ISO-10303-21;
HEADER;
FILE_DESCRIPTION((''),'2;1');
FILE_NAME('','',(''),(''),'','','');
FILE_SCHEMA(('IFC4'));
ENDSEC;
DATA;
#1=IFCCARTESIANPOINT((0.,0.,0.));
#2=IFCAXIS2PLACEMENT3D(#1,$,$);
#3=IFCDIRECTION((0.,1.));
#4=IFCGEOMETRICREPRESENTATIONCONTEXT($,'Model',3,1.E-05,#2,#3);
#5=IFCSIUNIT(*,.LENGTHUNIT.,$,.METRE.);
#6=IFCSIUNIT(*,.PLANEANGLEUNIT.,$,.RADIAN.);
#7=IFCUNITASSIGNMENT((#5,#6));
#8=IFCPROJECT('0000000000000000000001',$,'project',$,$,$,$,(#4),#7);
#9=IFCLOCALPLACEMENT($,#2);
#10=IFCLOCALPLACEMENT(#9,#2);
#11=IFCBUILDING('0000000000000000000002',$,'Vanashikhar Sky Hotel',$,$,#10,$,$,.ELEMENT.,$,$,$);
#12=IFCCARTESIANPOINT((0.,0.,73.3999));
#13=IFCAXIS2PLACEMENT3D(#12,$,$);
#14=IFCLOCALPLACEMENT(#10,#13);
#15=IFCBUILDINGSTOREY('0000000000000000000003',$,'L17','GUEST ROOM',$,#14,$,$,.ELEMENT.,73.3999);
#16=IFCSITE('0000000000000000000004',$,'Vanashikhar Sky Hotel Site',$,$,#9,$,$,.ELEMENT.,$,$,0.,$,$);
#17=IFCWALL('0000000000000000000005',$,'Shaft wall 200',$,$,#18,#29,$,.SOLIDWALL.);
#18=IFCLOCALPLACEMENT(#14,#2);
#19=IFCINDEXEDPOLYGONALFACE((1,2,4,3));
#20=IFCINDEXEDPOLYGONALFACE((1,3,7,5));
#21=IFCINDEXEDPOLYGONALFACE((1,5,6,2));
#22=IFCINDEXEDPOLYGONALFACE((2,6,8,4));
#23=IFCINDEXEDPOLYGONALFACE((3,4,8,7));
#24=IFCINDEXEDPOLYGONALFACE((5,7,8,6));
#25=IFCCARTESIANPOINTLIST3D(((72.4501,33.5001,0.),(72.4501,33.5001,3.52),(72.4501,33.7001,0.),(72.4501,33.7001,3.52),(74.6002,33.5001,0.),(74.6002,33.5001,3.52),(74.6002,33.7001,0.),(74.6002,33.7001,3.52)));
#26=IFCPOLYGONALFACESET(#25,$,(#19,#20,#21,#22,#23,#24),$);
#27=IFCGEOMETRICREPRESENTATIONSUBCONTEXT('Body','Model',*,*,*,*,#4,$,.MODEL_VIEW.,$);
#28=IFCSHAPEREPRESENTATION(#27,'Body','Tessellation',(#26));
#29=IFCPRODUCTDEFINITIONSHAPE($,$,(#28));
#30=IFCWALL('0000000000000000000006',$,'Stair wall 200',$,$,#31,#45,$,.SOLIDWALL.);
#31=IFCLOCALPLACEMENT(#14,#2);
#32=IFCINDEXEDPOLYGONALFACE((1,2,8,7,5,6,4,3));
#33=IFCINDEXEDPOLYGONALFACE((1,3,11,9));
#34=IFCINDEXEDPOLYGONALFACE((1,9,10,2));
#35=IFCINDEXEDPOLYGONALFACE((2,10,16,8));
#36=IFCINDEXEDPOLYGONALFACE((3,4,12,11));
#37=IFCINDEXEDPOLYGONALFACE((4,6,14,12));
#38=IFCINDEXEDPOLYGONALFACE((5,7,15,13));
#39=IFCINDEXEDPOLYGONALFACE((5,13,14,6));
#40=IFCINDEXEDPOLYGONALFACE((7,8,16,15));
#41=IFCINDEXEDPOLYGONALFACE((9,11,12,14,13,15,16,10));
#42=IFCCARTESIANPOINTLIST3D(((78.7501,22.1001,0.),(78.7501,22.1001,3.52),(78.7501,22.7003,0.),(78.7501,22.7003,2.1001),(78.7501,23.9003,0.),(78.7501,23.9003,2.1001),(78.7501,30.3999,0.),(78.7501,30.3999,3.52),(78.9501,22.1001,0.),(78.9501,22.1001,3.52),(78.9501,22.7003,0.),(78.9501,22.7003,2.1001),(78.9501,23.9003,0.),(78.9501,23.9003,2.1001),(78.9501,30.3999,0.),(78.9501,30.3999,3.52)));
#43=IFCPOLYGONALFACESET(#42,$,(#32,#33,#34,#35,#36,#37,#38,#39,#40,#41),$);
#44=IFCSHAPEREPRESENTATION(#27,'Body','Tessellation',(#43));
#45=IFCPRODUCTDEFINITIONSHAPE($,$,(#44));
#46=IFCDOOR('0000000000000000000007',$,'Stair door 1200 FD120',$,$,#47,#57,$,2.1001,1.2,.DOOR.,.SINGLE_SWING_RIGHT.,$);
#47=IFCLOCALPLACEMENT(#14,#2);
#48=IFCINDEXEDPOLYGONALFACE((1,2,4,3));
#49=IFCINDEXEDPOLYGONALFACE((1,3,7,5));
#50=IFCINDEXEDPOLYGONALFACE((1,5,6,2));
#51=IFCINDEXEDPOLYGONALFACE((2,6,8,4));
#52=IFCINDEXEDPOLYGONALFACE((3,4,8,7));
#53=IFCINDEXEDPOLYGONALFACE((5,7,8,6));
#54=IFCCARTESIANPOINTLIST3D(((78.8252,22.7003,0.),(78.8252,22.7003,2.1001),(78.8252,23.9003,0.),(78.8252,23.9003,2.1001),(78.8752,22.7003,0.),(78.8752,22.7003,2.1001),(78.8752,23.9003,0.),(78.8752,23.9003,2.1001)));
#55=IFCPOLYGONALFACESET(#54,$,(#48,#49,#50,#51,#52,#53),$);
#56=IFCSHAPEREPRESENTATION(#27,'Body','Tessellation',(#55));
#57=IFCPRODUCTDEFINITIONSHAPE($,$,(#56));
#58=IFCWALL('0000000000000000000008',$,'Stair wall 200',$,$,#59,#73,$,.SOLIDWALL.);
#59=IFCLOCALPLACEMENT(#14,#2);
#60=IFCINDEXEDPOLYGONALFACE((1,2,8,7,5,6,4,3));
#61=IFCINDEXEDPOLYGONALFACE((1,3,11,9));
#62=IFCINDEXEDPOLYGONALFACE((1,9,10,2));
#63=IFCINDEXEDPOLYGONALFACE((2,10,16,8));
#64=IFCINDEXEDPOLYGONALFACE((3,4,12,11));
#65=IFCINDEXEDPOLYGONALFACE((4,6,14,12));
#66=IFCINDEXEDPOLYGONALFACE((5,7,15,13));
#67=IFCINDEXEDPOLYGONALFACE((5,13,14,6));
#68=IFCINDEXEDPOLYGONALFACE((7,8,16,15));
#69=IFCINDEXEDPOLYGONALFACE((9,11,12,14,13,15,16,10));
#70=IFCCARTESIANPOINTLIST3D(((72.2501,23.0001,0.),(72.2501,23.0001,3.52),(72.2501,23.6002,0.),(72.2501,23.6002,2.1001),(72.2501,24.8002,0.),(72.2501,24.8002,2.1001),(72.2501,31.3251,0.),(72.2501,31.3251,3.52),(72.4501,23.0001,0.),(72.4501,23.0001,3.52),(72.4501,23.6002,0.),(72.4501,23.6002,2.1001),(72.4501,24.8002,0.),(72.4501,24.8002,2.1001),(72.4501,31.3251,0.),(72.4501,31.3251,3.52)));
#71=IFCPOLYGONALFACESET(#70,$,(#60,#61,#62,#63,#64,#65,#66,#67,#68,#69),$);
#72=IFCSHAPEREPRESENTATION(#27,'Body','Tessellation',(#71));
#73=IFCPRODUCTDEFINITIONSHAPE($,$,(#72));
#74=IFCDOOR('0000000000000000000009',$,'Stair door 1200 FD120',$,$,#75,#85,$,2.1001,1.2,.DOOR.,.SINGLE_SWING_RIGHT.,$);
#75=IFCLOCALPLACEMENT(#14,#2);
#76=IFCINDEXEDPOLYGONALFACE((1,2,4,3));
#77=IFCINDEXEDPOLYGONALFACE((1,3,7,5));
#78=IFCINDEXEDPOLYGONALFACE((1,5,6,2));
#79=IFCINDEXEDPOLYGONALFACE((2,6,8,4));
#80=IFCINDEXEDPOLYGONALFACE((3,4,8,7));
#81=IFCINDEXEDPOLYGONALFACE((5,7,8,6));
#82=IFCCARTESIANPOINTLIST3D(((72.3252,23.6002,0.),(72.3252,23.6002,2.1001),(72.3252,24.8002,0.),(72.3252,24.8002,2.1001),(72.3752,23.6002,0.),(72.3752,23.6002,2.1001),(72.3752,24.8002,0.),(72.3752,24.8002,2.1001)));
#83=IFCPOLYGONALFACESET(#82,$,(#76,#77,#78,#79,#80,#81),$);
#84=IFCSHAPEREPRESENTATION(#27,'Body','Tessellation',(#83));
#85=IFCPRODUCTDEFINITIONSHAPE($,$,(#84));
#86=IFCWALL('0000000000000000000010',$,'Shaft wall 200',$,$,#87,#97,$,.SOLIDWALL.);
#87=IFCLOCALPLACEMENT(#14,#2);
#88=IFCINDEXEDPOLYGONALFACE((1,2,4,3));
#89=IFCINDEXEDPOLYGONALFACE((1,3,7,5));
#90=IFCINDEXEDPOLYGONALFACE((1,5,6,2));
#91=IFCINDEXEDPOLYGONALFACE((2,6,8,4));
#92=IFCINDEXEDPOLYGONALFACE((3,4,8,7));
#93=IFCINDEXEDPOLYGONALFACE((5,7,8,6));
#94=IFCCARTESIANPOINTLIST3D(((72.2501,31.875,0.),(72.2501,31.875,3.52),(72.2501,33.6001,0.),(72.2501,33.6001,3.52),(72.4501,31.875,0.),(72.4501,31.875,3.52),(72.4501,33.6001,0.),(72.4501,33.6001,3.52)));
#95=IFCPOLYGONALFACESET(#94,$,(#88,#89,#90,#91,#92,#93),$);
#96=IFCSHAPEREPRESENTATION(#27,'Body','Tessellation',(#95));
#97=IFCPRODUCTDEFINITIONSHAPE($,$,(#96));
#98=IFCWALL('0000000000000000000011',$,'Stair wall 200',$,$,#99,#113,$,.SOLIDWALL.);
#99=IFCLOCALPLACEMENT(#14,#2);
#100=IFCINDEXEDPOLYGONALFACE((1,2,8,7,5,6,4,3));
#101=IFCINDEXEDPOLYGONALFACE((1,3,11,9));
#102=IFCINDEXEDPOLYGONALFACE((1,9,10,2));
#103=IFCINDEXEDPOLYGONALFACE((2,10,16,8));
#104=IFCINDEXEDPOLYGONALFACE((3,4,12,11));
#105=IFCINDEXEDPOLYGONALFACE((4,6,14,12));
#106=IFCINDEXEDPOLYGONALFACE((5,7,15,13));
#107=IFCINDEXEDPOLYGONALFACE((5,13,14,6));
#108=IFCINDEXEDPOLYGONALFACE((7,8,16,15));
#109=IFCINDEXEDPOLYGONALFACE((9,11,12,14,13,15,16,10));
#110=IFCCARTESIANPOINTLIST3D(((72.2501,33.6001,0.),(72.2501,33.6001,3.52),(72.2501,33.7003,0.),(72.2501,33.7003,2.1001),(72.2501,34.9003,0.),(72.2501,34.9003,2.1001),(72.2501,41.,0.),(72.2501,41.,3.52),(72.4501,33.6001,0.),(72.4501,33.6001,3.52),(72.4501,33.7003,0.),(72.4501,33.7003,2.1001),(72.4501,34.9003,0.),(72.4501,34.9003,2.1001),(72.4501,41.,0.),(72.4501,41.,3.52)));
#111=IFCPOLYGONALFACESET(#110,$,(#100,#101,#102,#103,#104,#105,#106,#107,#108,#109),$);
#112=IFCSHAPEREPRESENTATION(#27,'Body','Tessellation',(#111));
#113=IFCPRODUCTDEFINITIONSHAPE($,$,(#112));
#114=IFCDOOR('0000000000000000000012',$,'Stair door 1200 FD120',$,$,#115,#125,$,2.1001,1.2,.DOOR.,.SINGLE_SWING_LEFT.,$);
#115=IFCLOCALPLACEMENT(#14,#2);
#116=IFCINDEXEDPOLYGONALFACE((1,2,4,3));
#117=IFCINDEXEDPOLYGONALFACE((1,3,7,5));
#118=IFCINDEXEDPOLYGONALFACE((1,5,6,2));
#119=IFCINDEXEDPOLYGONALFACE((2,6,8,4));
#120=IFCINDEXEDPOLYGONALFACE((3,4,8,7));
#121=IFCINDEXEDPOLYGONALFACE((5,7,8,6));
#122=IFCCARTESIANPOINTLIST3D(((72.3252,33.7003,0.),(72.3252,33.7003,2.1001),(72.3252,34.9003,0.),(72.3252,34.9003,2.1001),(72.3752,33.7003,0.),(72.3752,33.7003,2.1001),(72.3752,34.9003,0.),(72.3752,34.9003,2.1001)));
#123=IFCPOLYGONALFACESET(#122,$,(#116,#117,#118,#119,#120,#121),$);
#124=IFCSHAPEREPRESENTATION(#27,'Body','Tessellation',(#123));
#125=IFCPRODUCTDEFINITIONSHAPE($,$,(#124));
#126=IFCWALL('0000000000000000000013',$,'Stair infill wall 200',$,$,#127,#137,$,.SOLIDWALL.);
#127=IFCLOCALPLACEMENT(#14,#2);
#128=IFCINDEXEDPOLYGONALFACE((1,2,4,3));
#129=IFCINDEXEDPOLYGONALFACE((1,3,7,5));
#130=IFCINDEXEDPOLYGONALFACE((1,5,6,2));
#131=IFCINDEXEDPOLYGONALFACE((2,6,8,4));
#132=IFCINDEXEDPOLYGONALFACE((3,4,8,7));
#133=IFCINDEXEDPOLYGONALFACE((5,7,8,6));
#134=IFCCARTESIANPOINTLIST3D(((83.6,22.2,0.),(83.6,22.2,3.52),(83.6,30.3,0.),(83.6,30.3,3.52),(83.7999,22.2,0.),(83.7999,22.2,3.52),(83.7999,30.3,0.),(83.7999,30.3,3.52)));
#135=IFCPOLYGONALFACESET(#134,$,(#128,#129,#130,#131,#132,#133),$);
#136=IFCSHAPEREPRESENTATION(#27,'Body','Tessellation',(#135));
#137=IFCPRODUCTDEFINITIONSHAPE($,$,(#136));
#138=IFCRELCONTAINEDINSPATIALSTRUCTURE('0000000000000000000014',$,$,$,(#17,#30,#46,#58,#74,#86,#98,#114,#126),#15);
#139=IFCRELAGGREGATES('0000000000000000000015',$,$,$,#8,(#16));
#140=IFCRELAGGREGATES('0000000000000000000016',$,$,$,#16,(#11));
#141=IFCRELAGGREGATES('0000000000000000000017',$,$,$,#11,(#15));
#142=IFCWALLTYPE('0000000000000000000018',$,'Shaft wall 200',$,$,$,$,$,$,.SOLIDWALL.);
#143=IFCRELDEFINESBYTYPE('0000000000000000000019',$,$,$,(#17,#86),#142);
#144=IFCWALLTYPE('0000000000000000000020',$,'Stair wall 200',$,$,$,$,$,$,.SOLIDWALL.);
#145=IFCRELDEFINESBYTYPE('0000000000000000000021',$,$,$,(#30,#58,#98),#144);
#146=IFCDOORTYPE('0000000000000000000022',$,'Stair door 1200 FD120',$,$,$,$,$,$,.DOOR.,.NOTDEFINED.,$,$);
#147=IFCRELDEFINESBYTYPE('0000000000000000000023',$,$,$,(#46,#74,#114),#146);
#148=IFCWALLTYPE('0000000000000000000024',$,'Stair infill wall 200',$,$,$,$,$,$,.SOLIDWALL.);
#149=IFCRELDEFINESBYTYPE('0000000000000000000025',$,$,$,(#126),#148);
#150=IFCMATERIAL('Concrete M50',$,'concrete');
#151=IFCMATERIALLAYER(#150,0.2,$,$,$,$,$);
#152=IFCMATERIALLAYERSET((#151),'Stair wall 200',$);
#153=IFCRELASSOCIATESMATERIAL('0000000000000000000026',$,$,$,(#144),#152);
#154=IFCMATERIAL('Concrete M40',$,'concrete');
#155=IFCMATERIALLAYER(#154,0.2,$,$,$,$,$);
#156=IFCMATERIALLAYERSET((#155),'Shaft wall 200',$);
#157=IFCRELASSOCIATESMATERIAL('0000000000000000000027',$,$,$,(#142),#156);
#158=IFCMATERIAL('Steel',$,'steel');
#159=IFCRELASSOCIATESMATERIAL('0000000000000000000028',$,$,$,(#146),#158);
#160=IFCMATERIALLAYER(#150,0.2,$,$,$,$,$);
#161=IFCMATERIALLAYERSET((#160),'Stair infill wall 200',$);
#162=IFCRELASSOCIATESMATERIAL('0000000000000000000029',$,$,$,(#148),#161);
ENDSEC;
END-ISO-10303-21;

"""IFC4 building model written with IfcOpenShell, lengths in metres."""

from ifc_helpers import new_model, si_unit, direction, frame, frame_2d, origin, place, context, subcontext, project, spatial, rectangle, extrude, source, transform, mapped, material, layer, layer_set, type_object, element, fill, save


model = new_model("IFC4")

# Units and contexts
model_context = context("Model", 3, precision=1e-05, world=origin(), true_north=direction((0.0, 1.0)))
body_context = subcontext(model_context, "Body", "Model", "MODEL_VIEW")
ifc_project = project(units=[si_unit("LENGTHUNIT", "METRE"), si_unit("PLANEANGLEUNIT", "RADIAN")], contexts=[model_context])

# Site, building, storey
site_placement = place(None, origin())
site = spatial("IfcSite", under=ifc_project, at=site_placement, Name="Vanashikhar Sky Hotel Site", CompositionType="ELEMENT", RefElevation=0.0)
building_placement = place(site_placement, origin())
building = spatial("IfcBuilding", under=site, at=building_placement, Name="Vanashikhar Sky Hotel", CompositionType="ELEMENT")
storey_placement = place(building_placement, frame((0.0, 0.0, 73.3999)))
storey = spatial("IfcBuildingStorey", under=building, at=storey_placement, Name="L17", Description="GUEST ROOM", CompositionType="ELEMENT", Elevation=73.3999)

# Shared definitions
ifc_material_1 = material(Name="Concrete M50", Category="concrete")

# Shared definitions
ifc_material_2 = material(Name="Steel", Category="steel")
shared_shape_1 = source(origin(), body_context, "Body", "SweptSolid", [
    extrude(rectangle(XDim=1.2, YDim=2.1001, at=frame_2d((0.6001, 1.05))), frame((0.0, 0.0249, 0.0), z_axis=(0.0, -1.0, 0.0), x_axis=(1.0, 0.0, 0.0)), (0.0, 0.0, 1.0), 0.05),
])

# Shared definitions
ifc_layer_1 = layer(ifc_material_1, 0.2)
ifc_layer_set_1 = layer_set([ifc_layer_1], Name="Stair wall 200")
wall_type_1 = type_object("IfcWallType", Name="Stair wall 200", PredefinedType="SOLIDWALL", material=ifc_layer_set_1)
shared_shape_2 = source(origin(), body_context, "Body", "SweptSolid", [
    extrude(rectangle(XDim=1.2, YDim=2.1001, at=frame_2d((0.6001, 1.05))), frame((0.0, 0.1099, 0.0), z_axis=(0.0, -1.0, 0.0), x_axis=(1.0, 0.0, 0.0)), (0.0, 0.0, 1.0), 0.22),
])

# Wall
ifc_material_3 = material(Name="Concrete M40", Category="concrete")
ifc_layer_2 = layer(ifc_material_3, 0.2)
ifc_layer_set_2 = layer_set([ifc_layer_2], Name="Shaft wall 200")
wall_type_2 = type_object("IfcWallType", Name="Shaft wall 200", PredefinedType="SOLIDWALL", material=ifc_layer_set_2)
shared_shape_3 = source(origin(), body_context, "Body", "SweptSolid", [
    extrude(rectangle(XDim=2.1501, YDim=0.2, at=frame_2d((1.0752, 0.0))), origin(), (0.0, 0.0, 1.0), 3.52),
])
wall_1_placement = place(storey_placement, frame((72.45, 33.6001, 0.0), z_axis=(0.0, 0.0, 1.0), x_axis=(1.0, 0.0, 0.0)))
element("IfcWall", 1, at=wall_1_placement, inside=storey, type_object=wall_type_2, Name="Shaft wall 200", PredefinedType="SOLIDWALL", context=body_context, shape_type="MappedRepresentation", body=[
    mapped(shared_shape_3, transform((0.0, 0.0, 0.0), scale=1.0)),
])

# Walls, openings, doors
shared_shape_4 = source(origin(), body_context, "Body", "SweptSolid", [
    extrude(rectangle(XDim=8.2998, YDim=0.2, at=frame_2d((4.1499, 0.0))), origin(), (0.0, 0.0, 1.0), 3.52),
])
wall_2_placement = place(storey_placement, frame((78.8501, 22.1001, 0.0), z_axis=(0.0, 0.0, 1.0), x_axis=(0.0, 1.0, 0.0)))
wall_2 = element("IfcWall", 2, at=wall_2_placement, inside=storey, type_object=wall_type_1, Name="Stair wall 200", PredefinedType="SOLIDWALL", context=body_context, shape_type="MappedRepresentation", body=[
    mapped(shared_shape_4, transform((0.0, 0.0, 0.0), scale=1.0)),
])
opening_1_placement = place(wall_2_placement, frame((0.6001, 0.0, 0.0)))
opening_1 = element("IfcOpeningElement", 3, at=opening_1_placement, cuts=wall_2, PredefinedType="OPENING", context=body_context, shape_type="MappedRepresentation", body=[
    mapped(shared_shape_2, transform((0.0, 0.0, 0.0), scale=1.0)),
])
door_type_1 = type_object("IfcDoorType", Name="Stair door 1200 FD120", OperationType="NOTDEFINED", PredefinedType="DOOR", material=ifc_material_2)
door_1_placement = place(opening_1_placement, origin())
door_1 = element("IfcDoor", 4, at=door_1_placement, inside=storey, type_object=door_type_1, Name="Stair door 1200 FD120", OperationType="SINGLE_SWING_RIGHT", OverallHeight=2.1001, OverallWidth=1.2, PredefinedType="DOOR", context=body_context, shape_type="MappedRepresentation", body=[
    mapped(shared_shape_1, transform((0.0, 0.0, 0.0), scale=1.0)),
])
fill(opening_1, door_1)
shared_shape_5 = source(origin(), body_context, "Body", "SweptSolid", [
    extrude(rectangle(XDim=8.325, YDim=0.2, at=frame_2d((4.1626, 0.0))), origin(), (0.0, 0.0, 1.0), 3.52),
])
wall_3_placement = place(storey_placement, frame((72.3501, 23.0, 0.0), z_axis=(0.0, 0.0, 1.0), x_axis=(0.0, 1.0, 0.0)))
wall_3 = element("IfcWall", 5, at=wall_3_placement, inside=storey, type_object=wall_type_1, Name="Stair wall 200", PredefinedType="SOLIDWALL", context=body_context, shape_type="MappedRepresentation", body=[
    mapped(shared_shape_5, transform((0.0, 0.0, 0.0), scale=1.0)),
])
opening_2_placement = place(wall_3_placement, frame((0.6001, 0.0, 0.0)))
opening_2 = element("IfcOpeningElement", 6, at=opening_2_placement, cuts=wall_3, PredefinedType="OPENING", context=body_context, shape_type="MappedRepresentation", body=[
    mapped(shared_shape_2, transform((0.0, 0.0, 0.0), scale=1.0)),
])
door_2_placement = place(opening_2_placement, origin())
door_2 = element("IfcDoor", 7, at=door_2_placement, inside=storey, type_object=door_type_1, Name="Stair door 1200 FD120", OperationType="SINGLE_SWING_RIGHT", OverallHeight=2.1001, OverallWidth=1.2, PredefinedType="DOOR", context=body_context, shape_type="MappedRepresentation", body=[
    mapped(shared_shape_1, transform((0.0, 0.0, 0.0), scale=1.0)),
])
fill(opening_2, door_2)

# Wall
shared_shape_6 = source(origin(), body_context, "Body", "SweptSolid", [
    extrude(rectangle(XDim=1.7251, YDim=0.2, at=frame_2d((0.8625, 0.0))), origin(), (0.0, 0.0, 1.0), 3.52),
])
wall_4_placement = place(storey_placement, frame((72.3501, 31.875, 0.0), z_axis=(0.0, 0.0, 1.0), x_axis=(0.0, 1.0, 0.0)))
element("IfcWall", 8, at=wall_4_placement, inside=storey, type_object=wall_type_2, Name="Shaft wall 200", PredefinedType="SOLIDWALL", context=body_context, shape_type="MappedRepresentation", body=[
    mapped(shared_shape_6, transform((0.0, 0.0, 0.0), scale=1.0)),
])

# Wall, opening, door
shared_shape_7 = source(origin(), body_context, "Body", "SweptSolid", [
    extrude(rectangle(XDim=7.3999, YDim=0.2, at=frame_2d((3.7, 0.0))), origin(), (0.0, 0.0, 1.0), 3.52),
])
wall_5_placement = place(storey_placement, frame((72.3501, 33.6001, 0.0), z_axis=(0.0, 0.0, 1.0), x_axis=(0.0, 1.0, 0.0)))
wall_5 = element("IfcWall", 9, at=wall_5_placement, inside=storey, type_object=wall_type_1, Name="Stair wall 200", PredefinedType="SOLIDWALL", context=body_context, shape_type="MappedRepresentation", body=[
    mapped(shared_shape_7, transform((0.0, 0.0, 0.0), scale=1.0)),
])
opening_3_placement = place(wall_5_placement, frame((0.1001, 0.0, 0.0)))
opening_3 = element("IfcOpeningElement", 10, at=opening_3_placement, cuts=wall_5, PredefinedType="OPENING", context=body_context, shape_type="MappedRepresentation", body=[
    mapped(shared_shape_2, transform((0.0, 0.0, 0.0), scale=1.0)),
])
door_3_placement = place(opening_3_placement, origin())
door_3 = element("IfcDoor", 11, at=door_3_placement, inside=storey, type_object=door_type_1, Name="Stair door 1200 FD120", OperationType="SINGLE_SWING_LEFT", OverallHeight=2.1001, OverallWidth=1.2, PredefinedType="DOOR", context=body_context, shape_type="MappedRepresentation", body=[
    mapped(shared_shape_1, transform((0.0, 0.0, 0.0), scale=1.0)),
])
fill(opening_3, door_3)

# Wall
ifc_layer_3 = layer(ifc_material_1, 0.2)
ifc_layer_set_3 = layer_set([ifc_layer_3], Name="Stair infill wall 200")
wall_type_3 = type_object("IfcWallType", Name="Stair infill wall 200", PredefinedType="SOLIDWALL", material=ifc_layer_set_3)
shared_shape_8 = source(origin(), body_context, "Body", "SweptSolid", [
    extrude(rectangle(XDim=8.1001, YDim=0.2, at=frame_2d((4.05, 0.0))), origin(), (0.0, 0.0, 1.0), 3.52),
])
wall_6_placement = place(storey_placement, frame((83.7, 22.2, 0.0), z_axis=(0.0, 0.0, 1.0), x_axis=(0.0, 1.0, 0.0)))
element("IfcWall", 12, at=wall_6_placement, inside=storey, type_object=wall_type_3, Name="Stair infill wall 200", PredefinedType="SOLIDWALL", context=body_context, shape_type="MappedRepresentation", body=[
    mapped(shared_shape_8, transform((0.0, 0.0, 0.0), scale=1.0)),
])

save(model, "model.ifc")
